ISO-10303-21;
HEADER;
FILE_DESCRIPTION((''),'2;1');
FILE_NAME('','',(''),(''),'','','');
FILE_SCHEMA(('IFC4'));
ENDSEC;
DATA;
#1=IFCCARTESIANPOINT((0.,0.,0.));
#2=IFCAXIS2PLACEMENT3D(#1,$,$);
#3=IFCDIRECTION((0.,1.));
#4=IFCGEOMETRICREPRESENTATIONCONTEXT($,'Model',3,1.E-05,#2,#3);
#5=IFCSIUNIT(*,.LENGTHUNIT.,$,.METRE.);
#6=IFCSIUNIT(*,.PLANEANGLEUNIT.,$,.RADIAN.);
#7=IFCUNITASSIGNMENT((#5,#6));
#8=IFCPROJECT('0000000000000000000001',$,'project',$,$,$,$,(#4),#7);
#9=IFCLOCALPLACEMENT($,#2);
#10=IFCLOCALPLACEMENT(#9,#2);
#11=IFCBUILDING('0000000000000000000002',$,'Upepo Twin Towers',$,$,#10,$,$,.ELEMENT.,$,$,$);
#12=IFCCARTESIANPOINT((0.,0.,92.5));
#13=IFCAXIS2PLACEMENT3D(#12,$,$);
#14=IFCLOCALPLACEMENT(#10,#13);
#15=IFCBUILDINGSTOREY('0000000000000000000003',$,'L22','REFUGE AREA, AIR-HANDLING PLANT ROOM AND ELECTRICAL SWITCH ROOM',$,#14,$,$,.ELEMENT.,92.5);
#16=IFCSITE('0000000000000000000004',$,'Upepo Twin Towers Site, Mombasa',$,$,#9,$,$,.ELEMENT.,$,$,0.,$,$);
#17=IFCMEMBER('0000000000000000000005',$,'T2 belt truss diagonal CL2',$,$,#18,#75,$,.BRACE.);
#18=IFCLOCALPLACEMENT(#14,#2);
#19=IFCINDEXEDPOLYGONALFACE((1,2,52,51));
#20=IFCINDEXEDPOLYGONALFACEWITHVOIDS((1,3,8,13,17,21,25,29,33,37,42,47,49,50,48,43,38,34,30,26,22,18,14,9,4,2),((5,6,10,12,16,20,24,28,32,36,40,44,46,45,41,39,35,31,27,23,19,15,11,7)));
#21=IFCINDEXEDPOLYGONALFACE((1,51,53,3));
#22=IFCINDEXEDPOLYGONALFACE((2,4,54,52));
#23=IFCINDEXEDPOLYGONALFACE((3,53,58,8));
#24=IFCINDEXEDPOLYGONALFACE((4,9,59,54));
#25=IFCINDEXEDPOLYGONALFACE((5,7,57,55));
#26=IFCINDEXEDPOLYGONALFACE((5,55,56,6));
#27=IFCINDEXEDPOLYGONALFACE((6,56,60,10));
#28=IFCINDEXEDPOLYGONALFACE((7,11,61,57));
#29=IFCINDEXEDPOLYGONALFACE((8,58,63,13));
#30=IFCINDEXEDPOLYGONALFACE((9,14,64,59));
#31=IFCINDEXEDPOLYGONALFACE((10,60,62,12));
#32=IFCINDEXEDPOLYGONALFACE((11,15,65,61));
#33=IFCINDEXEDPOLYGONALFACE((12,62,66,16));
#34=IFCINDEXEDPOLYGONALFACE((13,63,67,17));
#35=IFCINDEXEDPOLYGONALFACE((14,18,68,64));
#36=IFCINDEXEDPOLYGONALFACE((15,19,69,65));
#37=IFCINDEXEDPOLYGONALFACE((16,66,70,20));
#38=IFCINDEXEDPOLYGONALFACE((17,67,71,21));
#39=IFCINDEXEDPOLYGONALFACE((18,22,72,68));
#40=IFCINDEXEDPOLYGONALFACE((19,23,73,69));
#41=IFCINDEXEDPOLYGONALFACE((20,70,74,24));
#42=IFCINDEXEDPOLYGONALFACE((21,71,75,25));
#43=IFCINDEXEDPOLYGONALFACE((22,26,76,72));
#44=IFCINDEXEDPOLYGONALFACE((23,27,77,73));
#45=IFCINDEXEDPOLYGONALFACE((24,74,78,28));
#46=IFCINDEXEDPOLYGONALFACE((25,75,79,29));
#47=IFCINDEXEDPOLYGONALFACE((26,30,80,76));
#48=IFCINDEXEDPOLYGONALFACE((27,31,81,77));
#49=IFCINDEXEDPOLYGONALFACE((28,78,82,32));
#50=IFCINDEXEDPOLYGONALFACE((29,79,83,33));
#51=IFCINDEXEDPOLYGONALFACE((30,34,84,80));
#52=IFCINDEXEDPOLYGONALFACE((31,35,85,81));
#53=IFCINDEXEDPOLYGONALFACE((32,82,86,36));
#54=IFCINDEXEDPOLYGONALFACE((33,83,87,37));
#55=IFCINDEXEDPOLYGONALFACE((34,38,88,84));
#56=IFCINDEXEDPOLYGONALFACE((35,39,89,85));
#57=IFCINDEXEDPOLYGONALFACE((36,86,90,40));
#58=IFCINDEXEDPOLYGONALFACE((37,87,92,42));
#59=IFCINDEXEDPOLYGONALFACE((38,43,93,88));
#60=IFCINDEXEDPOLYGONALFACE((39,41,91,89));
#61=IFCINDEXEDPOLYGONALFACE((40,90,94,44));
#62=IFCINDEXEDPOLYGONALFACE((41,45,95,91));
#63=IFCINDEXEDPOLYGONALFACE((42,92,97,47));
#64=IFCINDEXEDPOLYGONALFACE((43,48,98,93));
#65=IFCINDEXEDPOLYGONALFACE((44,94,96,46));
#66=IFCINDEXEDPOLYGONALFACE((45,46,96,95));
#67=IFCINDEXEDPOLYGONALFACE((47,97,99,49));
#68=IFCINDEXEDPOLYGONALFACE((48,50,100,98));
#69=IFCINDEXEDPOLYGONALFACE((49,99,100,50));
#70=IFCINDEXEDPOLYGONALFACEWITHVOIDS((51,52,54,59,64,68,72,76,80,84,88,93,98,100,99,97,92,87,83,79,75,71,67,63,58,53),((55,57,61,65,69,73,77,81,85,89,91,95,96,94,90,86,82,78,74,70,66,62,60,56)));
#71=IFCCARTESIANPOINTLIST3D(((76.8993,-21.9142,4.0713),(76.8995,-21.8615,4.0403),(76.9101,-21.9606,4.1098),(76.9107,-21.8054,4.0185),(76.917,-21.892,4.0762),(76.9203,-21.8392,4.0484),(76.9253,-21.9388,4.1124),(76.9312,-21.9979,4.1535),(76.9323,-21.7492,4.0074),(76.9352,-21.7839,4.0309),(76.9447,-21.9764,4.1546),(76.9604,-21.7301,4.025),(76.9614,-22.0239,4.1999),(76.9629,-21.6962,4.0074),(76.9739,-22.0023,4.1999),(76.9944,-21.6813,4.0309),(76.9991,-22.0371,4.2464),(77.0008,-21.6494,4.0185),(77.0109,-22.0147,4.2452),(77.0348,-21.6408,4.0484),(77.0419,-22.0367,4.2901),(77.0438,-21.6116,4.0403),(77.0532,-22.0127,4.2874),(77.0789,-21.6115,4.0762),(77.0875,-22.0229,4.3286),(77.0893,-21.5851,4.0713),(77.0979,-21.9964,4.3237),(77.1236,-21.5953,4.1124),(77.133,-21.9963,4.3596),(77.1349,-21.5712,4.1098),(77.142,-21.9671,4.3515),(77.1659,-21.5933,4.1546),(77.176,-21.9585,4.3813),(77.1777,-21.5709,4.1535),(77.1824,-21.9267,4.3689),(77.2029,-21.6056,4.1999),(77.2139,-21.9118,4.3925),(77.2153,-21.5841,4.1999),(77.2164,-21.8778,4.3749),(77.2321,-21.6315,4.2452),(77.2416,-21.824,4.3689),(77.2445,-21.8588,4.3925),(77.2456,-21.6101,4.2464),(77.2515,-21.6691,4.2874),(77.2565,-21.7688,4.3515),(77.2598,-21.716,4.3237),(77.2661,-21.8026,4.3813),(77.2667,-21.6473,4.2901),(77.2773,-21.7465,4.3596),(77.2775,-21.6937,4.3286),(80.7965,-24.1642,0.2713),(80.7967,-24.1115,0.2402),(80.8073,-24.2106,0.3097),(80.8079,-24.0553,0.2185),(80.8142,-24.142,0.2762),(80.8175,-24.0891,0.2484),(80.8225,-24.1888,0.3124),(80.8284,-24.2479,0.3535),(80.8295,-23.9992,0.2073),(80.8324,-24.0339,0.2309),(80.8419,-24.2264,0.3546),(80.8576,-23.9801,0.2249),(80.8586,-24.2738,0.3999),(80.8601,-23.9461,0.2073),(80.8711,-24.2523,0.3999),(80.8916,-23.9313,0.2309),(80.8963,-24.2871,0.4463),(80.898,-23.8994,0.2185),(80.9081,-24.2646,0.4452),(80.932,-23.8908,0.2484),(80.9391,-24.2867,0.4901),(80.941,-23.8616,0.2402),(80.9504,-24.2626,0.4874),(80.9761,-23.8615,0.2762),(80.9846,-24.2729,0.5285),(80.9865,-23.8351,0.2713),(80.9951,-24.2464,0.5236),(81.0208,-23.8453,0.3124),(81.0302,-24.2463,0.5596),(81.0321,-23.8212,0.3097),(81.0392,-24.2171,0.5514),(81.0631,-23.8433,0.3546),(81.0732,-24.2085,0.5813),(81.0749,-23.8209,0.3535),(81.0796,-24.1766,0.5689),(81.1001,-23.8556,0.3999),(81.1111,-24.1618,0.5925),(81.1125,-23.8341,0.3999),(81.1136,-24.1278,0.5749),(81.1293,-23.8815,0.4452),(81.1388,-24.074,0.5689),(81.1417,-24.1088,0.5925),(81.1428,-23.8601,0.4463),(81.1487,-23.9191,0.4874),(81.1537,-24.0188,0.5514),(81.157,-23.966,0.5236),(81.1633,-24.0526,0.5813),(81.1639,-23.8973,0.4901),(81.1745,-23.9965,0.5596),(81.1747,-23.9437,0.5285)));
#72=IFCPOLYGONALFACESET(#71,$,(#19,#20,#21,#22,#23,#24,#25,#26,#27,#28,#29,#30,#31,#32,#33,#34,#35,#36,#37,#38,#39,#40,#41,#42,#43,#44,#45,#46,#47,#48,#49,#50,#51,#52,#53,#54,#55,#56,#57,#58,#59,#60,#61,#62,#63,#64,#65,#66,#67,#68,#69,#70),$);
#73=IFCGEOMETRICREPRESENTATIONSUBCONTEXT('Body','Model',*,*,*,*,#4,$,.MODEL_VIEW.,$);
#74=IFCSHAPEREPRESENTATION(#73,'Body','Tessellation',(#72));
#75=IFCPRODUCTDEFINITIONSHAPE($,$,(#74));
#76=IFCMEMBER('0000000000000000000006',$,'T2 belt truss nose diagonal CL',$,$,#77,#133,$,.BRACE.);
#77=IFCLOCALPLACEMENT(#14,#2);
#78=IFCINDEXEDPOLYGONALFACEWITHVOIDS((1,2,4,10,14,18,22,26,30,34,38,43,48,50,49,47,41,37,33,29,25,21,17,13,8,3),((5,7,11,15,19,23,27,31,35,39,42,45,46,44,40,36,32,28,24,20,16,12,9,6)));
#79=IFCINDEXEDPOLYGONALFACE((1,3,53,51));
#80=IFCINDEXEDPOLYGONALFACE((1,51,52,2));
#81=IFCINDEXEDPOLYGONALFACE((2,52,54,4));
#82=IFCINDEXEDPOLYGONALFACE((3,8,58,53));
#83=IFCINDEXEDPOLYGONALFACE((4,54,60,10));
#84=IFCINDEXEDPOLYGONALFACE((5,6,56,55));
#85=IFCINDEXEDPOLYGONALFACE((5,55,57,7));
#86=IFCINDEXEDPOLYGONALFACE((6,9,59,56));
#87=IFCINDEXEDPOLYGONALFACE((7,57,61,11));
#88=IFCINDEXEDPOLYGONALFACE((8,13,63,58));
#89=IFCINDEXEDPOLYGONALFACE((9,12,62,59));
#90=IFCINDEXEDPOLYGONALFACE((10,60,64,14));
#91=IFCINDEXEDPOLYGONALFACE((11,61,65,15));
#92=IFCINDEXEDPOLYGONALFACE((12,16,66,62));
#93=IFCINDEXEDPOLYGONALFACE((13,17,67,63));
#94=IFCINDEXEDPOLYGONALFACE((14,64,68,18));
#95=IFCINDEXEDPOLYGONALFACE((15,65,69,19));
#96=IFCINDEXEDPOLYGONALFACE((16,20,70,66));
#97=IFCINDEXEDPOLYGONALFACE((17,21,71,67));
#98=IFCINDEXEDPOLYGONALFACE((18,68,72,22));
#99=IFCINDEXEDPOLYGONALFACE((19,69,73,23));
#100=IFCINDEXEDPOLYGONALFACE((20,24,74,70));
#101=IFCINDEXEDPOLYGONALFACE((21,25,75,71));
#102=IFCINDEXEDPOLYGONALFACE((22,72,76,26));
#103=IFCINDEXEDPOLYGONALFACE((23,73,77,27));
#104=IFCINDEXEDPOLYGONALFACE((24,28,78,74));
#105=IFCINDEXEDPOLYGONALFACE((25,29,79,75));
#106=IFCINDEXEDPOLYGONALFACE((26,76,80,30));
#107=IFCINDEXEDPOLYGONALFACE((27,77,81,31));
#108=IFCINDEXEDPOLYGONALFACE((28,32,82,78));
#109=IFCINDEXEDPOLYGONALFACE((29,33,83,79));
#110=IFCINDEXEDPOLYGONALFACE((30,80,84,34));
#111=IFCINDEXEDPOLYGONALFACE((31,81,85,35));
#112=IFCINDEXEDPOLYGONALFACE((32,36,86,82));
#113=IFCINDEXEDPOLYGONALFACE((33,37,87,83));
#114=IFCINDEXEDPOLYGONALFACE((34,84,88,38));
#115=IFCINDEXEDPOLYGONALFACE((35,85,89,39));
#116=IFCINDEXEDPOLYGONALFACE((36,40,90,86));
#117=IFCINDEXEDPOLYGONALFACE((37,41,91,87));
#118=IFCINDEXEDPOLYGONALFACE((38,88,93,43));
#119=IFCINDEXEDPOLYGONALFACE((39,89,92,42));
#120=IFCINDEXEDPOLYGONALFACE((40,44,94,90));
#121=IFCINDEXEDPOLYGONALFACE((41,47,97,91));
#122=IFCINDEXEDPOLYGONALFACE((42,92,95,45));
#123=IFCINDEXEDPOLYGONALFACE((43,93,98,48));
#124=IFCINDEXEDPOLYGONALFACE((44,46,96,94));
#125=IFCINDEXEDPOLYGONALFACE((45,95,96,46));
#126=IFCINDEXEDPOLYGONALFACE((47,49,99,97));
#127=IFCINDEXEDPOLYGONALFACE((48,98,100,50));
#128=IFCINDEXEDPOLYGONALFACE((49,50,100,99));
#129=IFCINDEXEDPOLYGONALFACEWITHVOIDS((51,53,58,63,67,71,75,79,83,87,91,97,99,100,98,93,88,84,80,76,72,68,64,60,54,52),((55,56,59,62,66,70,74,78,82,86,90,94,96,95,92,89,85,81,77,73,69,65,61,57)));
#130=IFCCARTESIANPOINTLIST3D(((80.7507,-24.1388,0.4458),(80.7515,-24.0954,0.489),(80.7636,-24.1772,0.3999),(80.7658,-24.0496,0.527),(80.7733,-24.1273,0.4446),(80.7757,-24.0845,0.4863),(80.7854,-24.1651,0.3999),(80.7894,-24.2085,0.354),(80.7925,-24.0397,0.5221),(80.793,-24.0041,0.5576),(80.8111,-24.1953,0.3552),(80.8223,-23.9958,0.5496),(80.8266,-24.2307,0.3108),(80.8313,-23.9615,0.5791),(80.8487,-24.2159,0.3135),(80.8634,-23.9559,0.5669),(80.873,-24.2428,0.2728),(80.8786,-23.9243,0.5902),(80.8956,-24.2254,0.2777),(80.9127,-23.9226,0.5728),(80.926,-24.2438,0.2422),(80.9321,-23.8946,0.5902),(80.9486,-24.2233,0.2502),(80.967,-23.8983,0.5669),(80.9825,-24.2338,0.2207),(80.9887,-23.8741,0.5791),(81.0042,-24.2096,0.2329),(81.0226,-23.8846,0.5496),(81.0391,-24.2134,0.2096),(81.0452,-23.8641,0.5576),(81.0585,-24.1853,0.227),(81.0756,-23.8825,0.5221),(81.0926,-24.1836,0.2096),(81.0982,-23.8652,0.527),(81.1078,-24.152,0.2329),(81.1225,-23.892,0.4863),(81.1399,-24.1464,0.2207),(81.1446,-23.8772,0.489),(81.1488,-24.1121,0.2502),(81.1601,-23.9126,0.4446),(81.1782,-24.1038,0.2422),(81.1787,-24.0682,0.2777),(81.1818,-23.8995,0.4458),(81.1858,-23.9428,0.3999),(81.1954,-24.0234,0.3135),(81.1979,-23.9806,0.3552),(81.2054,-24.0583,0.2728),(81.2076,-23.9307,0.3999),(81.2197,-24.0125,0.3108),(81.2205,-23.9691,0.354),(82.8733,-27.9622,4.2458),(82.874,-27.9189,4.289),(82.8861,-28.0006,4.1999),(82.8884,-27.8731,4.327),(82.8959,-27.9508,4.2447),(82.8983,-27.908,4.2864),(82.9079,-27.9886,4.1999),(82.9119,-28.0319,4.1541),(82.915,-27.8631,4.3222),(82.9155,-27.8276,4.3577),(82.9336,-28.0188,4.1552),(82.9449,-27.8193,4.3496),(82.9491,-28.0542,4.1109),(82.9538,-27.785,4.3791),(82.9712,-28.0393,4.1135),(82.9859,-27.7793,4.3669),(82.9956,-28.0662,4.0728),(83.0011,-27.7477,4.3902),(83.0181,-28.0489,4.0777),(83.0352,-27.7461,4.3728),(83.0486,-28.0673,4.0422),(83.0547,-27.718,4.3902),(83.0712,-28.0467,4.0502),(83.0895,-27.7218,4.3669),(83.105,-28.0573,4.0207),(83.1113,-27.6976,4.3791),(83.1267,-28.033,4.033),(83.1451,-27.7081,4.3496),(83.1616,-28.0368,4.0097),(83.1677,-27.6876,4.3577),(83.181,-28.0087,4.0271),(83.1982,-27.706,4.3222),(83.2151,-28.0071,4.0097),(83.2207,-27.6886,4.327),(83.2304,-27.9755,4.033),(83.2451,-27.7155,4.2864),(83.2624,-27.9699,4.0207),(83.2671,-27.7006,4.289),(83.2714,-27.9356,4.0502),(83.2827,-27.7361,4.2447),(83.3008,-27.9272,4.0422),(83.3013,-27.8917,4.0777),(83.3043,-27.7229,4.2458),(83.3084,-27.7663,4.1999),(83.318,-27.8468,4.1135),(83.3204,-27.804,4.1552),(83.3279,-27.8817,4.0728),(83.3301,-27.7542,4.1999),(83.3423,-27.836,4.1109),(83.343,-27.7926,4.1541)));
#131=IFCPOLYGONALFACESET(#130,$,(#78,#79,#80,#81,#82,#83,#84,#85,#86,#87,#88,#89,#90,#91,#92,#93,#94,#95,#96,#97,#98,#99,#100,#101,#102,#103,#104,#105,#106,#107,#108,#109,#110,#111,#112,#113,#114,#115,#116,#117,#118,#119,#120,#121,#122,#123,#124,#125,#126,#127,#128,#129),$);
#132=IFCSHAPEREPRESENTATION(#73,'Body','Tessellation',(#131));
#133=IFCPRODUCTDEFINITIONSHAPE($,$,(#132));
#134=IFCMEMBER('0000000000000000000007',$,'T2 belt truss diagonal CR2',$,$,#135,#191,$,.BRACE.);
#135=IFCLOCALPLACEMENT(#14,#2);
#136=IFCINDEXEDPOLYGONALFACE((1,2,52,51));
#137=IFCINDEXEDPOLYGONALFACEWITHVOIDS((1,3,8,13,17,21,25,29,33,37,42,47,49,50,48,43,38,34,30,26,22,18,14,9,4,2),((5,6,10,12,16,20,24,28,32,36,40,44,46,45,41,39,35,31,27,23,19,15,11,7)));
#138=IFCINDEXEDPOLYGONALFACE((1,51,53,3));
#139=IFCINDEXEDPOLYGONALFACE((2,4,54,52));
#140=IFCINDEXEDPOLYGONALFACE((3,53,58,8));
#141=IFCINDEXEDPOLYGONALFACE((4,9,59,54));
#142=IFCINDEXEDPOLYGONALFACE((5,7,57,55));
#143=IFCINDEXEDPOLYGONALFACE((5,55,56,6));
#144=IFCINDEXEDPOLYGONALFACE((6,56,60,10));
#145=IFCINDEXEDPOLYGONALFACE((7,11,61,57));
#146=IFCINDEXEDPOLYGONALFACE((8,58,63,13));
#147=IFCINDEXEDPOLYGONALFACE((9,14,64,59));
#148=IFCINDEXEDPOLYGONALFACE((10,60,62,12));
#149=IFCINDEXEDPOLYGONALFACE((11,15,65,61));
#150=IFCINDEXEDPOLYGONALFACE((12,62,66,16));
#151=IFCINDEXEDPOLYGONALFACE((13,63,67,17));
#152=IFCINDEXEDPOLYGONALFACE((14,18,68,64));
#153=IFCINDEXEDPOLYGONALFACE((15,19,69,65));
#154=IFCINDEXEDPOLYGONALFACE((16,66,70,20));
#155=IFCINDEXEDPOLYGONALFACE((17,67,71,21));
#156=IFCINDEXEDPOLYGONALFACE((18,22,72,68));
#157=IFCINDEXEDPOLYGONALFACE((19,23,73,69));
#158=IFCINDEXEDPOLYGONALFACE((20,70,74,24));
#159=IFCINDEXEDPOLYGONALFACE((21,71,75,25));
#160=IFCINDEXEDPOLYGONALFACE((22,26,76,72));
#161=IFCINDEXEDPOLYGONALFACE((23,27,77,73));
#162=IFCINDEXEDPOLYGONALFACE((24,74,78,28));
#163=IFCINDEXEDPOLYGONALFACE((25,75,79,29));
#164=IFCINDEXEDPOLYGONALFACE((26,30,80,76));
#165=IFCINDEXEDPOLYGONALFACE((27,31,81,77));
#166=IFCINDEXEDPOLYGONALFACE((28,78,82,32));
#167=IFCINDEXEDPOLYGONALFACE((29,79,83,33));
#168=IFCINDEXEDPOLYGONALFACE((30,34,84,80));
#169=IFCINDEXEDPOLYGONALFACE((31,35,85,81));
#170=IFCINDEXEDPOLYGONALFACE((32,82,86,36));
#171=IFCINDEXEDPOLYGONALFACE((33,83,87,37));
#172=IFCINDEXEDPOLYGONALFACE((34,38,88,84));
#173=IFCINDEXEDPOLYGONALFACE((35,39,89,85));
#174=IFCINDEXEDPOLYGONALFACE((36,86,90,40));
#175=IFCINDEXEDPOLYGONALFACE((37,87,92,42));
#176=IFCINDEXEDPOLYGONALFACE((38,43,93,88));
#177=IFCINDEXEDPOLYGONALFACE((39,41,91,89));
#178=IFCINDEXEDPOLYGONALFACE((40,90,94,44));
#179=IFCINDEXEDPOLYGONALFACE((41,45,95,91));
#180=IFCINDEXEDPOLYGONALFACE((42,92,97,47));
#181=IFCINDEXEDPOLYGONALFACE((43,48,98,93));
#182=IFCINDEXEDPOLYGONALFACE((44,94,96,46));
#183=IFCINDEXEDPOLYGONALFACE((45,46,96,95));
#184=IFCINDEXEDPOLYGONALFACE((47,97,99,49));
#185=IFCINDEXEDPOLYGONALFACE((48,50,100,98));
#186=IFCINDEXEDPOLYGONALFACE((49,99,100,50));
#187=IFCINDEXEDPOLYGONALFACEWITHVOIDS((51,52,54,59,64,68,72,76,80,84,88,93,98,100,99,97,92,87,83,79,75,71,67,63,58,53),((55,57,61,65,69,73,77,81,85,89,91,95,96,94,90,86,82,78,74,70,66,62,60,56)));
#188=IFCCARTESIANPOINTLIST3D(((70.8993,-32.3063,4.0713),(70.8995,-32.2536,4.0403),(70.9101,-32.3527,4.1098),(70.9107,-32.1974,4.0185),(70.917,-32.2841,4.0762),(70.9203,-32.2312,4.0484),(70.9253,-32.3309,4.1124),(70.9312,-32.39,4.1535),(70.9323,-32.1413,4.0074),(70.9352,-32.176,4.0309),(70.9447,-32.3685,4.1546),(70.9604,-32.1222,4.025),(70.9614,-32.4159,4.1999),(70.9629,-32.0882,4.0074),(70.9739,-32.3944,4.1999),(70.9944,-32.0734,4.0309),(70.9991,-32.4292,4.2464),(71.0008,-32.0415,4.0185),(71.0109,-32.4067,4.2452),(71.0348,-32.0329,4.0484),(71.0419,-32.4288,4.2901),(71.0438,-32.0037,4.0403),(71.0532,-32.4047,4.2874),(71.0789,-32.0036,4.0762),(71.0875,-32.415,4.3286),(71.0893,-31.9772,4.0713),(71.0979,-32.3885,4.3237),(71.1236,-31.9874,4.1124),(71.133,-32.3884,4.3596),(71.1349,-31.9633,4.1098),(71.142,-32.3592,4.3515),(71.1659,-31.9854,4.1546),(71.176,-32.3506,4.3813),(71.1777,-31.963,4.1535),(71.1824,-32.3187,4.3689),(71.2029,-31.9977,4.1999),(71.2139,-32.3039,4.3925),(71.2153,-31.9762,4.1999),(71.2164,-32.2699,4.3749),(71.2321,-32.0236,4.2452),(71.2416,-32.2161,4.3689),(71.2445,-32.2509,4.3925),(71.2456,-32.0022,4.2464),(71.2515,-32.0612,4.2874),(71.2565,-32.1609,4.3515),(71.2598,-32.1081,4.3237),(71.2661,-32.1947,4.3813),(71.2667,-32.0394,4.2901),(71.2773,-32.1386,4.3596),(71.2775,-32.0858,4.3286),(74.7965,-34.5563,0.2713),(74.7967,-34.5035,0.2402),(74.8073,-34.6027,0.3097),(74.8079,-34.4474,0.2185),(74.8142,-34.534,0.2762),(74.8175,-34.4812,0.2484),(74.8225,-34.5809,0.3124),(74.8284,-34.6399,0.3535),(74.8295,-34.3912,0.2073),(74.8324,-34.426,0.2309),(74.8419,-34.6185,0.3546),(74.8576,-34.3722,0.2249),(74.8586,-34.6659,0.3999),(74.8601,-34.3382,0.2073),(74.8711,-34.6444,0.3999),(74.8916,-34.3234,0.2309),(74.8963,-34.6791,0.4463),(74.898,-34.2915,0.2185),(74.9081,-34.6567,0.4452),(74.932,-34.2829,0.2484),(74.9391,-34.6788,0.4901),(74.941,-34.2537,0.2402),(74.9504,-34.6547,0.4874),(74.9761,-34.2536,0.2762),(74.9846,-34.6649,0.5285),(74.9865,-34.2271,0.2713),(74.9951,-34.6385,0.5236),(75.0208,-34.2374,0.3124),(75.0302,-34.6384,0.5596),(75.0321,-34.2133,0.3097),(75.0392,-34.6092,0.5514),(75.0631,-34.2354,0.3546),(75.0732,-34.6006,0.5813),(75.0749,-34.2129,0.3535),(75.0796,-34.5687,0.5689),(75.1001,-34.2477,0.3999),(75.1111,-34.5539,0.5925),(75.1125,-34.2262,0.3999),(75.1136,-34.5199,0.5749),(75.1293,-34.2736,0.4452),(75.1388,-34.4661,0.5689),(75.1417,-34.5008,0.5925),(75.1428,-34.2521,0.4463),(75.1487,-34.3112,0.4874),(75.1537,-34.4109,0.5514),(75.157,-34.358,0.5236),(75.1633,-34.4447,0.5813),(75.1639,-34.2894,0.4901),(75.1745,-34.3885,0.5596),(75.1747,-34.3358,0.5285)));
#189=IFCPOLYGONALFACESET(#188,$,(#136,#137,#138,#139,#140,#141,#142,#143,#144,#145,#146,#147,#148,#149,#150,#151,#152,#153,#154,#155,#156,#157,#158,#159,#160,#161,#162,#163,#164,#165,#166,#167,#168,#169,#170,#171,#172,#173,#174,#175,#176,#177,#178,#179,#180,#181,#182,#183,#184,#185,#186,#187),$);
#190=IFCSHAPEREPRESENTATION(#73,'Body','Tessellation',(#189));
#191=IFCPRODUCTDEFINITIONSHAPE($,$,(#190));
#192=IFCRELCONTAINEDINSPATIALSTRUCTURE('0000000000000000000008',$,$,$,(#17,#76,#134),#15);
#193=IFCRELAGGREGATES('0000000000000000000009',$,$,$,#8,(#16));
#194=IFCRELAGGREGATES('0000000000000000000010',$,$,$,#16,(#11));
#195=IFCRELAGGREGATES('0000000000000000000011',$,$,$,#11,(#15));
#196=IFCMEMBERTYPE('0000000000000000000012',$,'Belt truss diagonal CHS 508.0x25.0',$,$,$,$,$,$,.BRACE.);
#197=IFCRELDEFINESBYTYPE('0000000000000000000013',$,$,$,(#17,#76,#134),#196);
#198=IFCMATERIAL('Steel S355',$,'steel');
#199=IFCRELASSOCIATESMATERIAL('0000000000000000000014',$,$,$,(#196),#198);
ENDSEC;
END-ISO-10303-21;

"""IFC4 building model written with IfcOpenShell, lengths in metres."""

from ifc_helpers import new_model, si_unit, direction, frame, origin, origin_2d, place, context, subcontext, project, spatial, hollow_circle, extrude, material, material_profile, profile_set, type_object, element, save


model = new_model("IFC4")

# Units and contexts
model_context = context("Model", 3, precision=1e-05, world=origin(), true_north=direction((0.0, 1.0)))
body_context = subcontext(model_context, "Body", "Model", "MODEL_VIEW")
ifc_project = project(units=[si_unit("LENGTHUNIT", "METRE"), si_unit("PLANEANGLEUNIT", "RADIAN")], contexts=[model_context])

# Site, building, storey
site_placement = place(None, origin())
site = spatial("IfcSite", under=ifc_project, at=site_placement, Name="Upepo Twin Towers Site, Mombasa", CompositionType="ELEMENT", RefElevation=0.0)
building_placement = place(site_placement, origin())
building = spatial("IfcBuilding", under=site, at=building_placement, Name="Upepo Twin Towers", CompositionType="ELEMENT")
storey_placement = place(building_placement, frame((0.0, 0.0, 92.5)))
storey = spatial("IfcBuildingStorey", under=building, at=storey_placement, Name="L22", Description="REFUGE AREA, AIR-HANDLING PLANT ROOM AND ELECTRICAL SWITCH ROOM", CompositionType="ELEMENT", Elevation=92.5)

# Members
ifc_material_1 = material(Name="Steel S355", Category="steel")
ifc_material_profile_1 = material_profile(ifc_material_1, hollow_circle(Radius=0.2539, WallThickness=0.0249, at=origin_2d()), Name="CHS 508.0x25.0")
ifc_profile_set_1 = profile_set([ifc_material_profile_1], Name="Steel S355")
member_type = type_object("IfcMemberType", Name="Belt truss diagonal CHS 508.0x25.0", PredefinedType="BRACE", material=ifc_profile_set_1)
member_1_placement = place(storey_placement, frame((80.9856, -24.054, 0.3999), z_axis=(-0.661676, 0.382009, 0.645178), x_axis=(-0.49999, -0.866031, 0.0)))
element("IfcMember", 1, at=member_1_placement, inside=storey, type_object=member_type, Name="T2 belt truss diagonal CL2", PredefinedType="BRACE", context=body_context, shape_type="SweptSolid", body=[
    extrude(hollow_circle(Radius=0.2539, WallThickness=0.0249, at=origin_2d()), origin(), (0.0, 0.0, 1.0), 5.8899),
])
member_2_placement = place(storey_placement, frame((80.9856, -24.054, 0.3999), z_axis=(0.366369, -0.659961, 0.655916), x_axis=(0.874313, 0.485363, 0.0)))
element("IfcMember", 2, at=member_2_placement, inside=storey, type_object=member_type, Name="T2 belt truss nose diagonal CL", PredefinedType="BRACE", context=body_context, shape_type="SweptSolid", body=[
    extrude(hollow_circle(Radius=0.2539, WallThickness=0.0249, at=origin_2d()), origin(), (0.0, 0.0, 1.0), 5.7935),
])
member_3_placement = place(storey_placement, frame((74.9856, -34.446, 0.3999), z_axis=(-0.661676, 0.382009, 0.645178), x_axis=(-0.49999, -0.866031, 0.0)))
element("IfcMember", 3, at=member_3_placement, inside=storey, type_object=member_type, Name="T2 belt truss diagonal CR2", PredefinedType="BRACE", context=body_context, shape_type="SweptSolid", body=[
    extrude(hollow_circle(Radius=0.2539, WallThickness=0.0249, at=origin_2d()), origin(), (0.0, 0.0, 1.0), 5.8899),
])

save(model, "model.ifc")
